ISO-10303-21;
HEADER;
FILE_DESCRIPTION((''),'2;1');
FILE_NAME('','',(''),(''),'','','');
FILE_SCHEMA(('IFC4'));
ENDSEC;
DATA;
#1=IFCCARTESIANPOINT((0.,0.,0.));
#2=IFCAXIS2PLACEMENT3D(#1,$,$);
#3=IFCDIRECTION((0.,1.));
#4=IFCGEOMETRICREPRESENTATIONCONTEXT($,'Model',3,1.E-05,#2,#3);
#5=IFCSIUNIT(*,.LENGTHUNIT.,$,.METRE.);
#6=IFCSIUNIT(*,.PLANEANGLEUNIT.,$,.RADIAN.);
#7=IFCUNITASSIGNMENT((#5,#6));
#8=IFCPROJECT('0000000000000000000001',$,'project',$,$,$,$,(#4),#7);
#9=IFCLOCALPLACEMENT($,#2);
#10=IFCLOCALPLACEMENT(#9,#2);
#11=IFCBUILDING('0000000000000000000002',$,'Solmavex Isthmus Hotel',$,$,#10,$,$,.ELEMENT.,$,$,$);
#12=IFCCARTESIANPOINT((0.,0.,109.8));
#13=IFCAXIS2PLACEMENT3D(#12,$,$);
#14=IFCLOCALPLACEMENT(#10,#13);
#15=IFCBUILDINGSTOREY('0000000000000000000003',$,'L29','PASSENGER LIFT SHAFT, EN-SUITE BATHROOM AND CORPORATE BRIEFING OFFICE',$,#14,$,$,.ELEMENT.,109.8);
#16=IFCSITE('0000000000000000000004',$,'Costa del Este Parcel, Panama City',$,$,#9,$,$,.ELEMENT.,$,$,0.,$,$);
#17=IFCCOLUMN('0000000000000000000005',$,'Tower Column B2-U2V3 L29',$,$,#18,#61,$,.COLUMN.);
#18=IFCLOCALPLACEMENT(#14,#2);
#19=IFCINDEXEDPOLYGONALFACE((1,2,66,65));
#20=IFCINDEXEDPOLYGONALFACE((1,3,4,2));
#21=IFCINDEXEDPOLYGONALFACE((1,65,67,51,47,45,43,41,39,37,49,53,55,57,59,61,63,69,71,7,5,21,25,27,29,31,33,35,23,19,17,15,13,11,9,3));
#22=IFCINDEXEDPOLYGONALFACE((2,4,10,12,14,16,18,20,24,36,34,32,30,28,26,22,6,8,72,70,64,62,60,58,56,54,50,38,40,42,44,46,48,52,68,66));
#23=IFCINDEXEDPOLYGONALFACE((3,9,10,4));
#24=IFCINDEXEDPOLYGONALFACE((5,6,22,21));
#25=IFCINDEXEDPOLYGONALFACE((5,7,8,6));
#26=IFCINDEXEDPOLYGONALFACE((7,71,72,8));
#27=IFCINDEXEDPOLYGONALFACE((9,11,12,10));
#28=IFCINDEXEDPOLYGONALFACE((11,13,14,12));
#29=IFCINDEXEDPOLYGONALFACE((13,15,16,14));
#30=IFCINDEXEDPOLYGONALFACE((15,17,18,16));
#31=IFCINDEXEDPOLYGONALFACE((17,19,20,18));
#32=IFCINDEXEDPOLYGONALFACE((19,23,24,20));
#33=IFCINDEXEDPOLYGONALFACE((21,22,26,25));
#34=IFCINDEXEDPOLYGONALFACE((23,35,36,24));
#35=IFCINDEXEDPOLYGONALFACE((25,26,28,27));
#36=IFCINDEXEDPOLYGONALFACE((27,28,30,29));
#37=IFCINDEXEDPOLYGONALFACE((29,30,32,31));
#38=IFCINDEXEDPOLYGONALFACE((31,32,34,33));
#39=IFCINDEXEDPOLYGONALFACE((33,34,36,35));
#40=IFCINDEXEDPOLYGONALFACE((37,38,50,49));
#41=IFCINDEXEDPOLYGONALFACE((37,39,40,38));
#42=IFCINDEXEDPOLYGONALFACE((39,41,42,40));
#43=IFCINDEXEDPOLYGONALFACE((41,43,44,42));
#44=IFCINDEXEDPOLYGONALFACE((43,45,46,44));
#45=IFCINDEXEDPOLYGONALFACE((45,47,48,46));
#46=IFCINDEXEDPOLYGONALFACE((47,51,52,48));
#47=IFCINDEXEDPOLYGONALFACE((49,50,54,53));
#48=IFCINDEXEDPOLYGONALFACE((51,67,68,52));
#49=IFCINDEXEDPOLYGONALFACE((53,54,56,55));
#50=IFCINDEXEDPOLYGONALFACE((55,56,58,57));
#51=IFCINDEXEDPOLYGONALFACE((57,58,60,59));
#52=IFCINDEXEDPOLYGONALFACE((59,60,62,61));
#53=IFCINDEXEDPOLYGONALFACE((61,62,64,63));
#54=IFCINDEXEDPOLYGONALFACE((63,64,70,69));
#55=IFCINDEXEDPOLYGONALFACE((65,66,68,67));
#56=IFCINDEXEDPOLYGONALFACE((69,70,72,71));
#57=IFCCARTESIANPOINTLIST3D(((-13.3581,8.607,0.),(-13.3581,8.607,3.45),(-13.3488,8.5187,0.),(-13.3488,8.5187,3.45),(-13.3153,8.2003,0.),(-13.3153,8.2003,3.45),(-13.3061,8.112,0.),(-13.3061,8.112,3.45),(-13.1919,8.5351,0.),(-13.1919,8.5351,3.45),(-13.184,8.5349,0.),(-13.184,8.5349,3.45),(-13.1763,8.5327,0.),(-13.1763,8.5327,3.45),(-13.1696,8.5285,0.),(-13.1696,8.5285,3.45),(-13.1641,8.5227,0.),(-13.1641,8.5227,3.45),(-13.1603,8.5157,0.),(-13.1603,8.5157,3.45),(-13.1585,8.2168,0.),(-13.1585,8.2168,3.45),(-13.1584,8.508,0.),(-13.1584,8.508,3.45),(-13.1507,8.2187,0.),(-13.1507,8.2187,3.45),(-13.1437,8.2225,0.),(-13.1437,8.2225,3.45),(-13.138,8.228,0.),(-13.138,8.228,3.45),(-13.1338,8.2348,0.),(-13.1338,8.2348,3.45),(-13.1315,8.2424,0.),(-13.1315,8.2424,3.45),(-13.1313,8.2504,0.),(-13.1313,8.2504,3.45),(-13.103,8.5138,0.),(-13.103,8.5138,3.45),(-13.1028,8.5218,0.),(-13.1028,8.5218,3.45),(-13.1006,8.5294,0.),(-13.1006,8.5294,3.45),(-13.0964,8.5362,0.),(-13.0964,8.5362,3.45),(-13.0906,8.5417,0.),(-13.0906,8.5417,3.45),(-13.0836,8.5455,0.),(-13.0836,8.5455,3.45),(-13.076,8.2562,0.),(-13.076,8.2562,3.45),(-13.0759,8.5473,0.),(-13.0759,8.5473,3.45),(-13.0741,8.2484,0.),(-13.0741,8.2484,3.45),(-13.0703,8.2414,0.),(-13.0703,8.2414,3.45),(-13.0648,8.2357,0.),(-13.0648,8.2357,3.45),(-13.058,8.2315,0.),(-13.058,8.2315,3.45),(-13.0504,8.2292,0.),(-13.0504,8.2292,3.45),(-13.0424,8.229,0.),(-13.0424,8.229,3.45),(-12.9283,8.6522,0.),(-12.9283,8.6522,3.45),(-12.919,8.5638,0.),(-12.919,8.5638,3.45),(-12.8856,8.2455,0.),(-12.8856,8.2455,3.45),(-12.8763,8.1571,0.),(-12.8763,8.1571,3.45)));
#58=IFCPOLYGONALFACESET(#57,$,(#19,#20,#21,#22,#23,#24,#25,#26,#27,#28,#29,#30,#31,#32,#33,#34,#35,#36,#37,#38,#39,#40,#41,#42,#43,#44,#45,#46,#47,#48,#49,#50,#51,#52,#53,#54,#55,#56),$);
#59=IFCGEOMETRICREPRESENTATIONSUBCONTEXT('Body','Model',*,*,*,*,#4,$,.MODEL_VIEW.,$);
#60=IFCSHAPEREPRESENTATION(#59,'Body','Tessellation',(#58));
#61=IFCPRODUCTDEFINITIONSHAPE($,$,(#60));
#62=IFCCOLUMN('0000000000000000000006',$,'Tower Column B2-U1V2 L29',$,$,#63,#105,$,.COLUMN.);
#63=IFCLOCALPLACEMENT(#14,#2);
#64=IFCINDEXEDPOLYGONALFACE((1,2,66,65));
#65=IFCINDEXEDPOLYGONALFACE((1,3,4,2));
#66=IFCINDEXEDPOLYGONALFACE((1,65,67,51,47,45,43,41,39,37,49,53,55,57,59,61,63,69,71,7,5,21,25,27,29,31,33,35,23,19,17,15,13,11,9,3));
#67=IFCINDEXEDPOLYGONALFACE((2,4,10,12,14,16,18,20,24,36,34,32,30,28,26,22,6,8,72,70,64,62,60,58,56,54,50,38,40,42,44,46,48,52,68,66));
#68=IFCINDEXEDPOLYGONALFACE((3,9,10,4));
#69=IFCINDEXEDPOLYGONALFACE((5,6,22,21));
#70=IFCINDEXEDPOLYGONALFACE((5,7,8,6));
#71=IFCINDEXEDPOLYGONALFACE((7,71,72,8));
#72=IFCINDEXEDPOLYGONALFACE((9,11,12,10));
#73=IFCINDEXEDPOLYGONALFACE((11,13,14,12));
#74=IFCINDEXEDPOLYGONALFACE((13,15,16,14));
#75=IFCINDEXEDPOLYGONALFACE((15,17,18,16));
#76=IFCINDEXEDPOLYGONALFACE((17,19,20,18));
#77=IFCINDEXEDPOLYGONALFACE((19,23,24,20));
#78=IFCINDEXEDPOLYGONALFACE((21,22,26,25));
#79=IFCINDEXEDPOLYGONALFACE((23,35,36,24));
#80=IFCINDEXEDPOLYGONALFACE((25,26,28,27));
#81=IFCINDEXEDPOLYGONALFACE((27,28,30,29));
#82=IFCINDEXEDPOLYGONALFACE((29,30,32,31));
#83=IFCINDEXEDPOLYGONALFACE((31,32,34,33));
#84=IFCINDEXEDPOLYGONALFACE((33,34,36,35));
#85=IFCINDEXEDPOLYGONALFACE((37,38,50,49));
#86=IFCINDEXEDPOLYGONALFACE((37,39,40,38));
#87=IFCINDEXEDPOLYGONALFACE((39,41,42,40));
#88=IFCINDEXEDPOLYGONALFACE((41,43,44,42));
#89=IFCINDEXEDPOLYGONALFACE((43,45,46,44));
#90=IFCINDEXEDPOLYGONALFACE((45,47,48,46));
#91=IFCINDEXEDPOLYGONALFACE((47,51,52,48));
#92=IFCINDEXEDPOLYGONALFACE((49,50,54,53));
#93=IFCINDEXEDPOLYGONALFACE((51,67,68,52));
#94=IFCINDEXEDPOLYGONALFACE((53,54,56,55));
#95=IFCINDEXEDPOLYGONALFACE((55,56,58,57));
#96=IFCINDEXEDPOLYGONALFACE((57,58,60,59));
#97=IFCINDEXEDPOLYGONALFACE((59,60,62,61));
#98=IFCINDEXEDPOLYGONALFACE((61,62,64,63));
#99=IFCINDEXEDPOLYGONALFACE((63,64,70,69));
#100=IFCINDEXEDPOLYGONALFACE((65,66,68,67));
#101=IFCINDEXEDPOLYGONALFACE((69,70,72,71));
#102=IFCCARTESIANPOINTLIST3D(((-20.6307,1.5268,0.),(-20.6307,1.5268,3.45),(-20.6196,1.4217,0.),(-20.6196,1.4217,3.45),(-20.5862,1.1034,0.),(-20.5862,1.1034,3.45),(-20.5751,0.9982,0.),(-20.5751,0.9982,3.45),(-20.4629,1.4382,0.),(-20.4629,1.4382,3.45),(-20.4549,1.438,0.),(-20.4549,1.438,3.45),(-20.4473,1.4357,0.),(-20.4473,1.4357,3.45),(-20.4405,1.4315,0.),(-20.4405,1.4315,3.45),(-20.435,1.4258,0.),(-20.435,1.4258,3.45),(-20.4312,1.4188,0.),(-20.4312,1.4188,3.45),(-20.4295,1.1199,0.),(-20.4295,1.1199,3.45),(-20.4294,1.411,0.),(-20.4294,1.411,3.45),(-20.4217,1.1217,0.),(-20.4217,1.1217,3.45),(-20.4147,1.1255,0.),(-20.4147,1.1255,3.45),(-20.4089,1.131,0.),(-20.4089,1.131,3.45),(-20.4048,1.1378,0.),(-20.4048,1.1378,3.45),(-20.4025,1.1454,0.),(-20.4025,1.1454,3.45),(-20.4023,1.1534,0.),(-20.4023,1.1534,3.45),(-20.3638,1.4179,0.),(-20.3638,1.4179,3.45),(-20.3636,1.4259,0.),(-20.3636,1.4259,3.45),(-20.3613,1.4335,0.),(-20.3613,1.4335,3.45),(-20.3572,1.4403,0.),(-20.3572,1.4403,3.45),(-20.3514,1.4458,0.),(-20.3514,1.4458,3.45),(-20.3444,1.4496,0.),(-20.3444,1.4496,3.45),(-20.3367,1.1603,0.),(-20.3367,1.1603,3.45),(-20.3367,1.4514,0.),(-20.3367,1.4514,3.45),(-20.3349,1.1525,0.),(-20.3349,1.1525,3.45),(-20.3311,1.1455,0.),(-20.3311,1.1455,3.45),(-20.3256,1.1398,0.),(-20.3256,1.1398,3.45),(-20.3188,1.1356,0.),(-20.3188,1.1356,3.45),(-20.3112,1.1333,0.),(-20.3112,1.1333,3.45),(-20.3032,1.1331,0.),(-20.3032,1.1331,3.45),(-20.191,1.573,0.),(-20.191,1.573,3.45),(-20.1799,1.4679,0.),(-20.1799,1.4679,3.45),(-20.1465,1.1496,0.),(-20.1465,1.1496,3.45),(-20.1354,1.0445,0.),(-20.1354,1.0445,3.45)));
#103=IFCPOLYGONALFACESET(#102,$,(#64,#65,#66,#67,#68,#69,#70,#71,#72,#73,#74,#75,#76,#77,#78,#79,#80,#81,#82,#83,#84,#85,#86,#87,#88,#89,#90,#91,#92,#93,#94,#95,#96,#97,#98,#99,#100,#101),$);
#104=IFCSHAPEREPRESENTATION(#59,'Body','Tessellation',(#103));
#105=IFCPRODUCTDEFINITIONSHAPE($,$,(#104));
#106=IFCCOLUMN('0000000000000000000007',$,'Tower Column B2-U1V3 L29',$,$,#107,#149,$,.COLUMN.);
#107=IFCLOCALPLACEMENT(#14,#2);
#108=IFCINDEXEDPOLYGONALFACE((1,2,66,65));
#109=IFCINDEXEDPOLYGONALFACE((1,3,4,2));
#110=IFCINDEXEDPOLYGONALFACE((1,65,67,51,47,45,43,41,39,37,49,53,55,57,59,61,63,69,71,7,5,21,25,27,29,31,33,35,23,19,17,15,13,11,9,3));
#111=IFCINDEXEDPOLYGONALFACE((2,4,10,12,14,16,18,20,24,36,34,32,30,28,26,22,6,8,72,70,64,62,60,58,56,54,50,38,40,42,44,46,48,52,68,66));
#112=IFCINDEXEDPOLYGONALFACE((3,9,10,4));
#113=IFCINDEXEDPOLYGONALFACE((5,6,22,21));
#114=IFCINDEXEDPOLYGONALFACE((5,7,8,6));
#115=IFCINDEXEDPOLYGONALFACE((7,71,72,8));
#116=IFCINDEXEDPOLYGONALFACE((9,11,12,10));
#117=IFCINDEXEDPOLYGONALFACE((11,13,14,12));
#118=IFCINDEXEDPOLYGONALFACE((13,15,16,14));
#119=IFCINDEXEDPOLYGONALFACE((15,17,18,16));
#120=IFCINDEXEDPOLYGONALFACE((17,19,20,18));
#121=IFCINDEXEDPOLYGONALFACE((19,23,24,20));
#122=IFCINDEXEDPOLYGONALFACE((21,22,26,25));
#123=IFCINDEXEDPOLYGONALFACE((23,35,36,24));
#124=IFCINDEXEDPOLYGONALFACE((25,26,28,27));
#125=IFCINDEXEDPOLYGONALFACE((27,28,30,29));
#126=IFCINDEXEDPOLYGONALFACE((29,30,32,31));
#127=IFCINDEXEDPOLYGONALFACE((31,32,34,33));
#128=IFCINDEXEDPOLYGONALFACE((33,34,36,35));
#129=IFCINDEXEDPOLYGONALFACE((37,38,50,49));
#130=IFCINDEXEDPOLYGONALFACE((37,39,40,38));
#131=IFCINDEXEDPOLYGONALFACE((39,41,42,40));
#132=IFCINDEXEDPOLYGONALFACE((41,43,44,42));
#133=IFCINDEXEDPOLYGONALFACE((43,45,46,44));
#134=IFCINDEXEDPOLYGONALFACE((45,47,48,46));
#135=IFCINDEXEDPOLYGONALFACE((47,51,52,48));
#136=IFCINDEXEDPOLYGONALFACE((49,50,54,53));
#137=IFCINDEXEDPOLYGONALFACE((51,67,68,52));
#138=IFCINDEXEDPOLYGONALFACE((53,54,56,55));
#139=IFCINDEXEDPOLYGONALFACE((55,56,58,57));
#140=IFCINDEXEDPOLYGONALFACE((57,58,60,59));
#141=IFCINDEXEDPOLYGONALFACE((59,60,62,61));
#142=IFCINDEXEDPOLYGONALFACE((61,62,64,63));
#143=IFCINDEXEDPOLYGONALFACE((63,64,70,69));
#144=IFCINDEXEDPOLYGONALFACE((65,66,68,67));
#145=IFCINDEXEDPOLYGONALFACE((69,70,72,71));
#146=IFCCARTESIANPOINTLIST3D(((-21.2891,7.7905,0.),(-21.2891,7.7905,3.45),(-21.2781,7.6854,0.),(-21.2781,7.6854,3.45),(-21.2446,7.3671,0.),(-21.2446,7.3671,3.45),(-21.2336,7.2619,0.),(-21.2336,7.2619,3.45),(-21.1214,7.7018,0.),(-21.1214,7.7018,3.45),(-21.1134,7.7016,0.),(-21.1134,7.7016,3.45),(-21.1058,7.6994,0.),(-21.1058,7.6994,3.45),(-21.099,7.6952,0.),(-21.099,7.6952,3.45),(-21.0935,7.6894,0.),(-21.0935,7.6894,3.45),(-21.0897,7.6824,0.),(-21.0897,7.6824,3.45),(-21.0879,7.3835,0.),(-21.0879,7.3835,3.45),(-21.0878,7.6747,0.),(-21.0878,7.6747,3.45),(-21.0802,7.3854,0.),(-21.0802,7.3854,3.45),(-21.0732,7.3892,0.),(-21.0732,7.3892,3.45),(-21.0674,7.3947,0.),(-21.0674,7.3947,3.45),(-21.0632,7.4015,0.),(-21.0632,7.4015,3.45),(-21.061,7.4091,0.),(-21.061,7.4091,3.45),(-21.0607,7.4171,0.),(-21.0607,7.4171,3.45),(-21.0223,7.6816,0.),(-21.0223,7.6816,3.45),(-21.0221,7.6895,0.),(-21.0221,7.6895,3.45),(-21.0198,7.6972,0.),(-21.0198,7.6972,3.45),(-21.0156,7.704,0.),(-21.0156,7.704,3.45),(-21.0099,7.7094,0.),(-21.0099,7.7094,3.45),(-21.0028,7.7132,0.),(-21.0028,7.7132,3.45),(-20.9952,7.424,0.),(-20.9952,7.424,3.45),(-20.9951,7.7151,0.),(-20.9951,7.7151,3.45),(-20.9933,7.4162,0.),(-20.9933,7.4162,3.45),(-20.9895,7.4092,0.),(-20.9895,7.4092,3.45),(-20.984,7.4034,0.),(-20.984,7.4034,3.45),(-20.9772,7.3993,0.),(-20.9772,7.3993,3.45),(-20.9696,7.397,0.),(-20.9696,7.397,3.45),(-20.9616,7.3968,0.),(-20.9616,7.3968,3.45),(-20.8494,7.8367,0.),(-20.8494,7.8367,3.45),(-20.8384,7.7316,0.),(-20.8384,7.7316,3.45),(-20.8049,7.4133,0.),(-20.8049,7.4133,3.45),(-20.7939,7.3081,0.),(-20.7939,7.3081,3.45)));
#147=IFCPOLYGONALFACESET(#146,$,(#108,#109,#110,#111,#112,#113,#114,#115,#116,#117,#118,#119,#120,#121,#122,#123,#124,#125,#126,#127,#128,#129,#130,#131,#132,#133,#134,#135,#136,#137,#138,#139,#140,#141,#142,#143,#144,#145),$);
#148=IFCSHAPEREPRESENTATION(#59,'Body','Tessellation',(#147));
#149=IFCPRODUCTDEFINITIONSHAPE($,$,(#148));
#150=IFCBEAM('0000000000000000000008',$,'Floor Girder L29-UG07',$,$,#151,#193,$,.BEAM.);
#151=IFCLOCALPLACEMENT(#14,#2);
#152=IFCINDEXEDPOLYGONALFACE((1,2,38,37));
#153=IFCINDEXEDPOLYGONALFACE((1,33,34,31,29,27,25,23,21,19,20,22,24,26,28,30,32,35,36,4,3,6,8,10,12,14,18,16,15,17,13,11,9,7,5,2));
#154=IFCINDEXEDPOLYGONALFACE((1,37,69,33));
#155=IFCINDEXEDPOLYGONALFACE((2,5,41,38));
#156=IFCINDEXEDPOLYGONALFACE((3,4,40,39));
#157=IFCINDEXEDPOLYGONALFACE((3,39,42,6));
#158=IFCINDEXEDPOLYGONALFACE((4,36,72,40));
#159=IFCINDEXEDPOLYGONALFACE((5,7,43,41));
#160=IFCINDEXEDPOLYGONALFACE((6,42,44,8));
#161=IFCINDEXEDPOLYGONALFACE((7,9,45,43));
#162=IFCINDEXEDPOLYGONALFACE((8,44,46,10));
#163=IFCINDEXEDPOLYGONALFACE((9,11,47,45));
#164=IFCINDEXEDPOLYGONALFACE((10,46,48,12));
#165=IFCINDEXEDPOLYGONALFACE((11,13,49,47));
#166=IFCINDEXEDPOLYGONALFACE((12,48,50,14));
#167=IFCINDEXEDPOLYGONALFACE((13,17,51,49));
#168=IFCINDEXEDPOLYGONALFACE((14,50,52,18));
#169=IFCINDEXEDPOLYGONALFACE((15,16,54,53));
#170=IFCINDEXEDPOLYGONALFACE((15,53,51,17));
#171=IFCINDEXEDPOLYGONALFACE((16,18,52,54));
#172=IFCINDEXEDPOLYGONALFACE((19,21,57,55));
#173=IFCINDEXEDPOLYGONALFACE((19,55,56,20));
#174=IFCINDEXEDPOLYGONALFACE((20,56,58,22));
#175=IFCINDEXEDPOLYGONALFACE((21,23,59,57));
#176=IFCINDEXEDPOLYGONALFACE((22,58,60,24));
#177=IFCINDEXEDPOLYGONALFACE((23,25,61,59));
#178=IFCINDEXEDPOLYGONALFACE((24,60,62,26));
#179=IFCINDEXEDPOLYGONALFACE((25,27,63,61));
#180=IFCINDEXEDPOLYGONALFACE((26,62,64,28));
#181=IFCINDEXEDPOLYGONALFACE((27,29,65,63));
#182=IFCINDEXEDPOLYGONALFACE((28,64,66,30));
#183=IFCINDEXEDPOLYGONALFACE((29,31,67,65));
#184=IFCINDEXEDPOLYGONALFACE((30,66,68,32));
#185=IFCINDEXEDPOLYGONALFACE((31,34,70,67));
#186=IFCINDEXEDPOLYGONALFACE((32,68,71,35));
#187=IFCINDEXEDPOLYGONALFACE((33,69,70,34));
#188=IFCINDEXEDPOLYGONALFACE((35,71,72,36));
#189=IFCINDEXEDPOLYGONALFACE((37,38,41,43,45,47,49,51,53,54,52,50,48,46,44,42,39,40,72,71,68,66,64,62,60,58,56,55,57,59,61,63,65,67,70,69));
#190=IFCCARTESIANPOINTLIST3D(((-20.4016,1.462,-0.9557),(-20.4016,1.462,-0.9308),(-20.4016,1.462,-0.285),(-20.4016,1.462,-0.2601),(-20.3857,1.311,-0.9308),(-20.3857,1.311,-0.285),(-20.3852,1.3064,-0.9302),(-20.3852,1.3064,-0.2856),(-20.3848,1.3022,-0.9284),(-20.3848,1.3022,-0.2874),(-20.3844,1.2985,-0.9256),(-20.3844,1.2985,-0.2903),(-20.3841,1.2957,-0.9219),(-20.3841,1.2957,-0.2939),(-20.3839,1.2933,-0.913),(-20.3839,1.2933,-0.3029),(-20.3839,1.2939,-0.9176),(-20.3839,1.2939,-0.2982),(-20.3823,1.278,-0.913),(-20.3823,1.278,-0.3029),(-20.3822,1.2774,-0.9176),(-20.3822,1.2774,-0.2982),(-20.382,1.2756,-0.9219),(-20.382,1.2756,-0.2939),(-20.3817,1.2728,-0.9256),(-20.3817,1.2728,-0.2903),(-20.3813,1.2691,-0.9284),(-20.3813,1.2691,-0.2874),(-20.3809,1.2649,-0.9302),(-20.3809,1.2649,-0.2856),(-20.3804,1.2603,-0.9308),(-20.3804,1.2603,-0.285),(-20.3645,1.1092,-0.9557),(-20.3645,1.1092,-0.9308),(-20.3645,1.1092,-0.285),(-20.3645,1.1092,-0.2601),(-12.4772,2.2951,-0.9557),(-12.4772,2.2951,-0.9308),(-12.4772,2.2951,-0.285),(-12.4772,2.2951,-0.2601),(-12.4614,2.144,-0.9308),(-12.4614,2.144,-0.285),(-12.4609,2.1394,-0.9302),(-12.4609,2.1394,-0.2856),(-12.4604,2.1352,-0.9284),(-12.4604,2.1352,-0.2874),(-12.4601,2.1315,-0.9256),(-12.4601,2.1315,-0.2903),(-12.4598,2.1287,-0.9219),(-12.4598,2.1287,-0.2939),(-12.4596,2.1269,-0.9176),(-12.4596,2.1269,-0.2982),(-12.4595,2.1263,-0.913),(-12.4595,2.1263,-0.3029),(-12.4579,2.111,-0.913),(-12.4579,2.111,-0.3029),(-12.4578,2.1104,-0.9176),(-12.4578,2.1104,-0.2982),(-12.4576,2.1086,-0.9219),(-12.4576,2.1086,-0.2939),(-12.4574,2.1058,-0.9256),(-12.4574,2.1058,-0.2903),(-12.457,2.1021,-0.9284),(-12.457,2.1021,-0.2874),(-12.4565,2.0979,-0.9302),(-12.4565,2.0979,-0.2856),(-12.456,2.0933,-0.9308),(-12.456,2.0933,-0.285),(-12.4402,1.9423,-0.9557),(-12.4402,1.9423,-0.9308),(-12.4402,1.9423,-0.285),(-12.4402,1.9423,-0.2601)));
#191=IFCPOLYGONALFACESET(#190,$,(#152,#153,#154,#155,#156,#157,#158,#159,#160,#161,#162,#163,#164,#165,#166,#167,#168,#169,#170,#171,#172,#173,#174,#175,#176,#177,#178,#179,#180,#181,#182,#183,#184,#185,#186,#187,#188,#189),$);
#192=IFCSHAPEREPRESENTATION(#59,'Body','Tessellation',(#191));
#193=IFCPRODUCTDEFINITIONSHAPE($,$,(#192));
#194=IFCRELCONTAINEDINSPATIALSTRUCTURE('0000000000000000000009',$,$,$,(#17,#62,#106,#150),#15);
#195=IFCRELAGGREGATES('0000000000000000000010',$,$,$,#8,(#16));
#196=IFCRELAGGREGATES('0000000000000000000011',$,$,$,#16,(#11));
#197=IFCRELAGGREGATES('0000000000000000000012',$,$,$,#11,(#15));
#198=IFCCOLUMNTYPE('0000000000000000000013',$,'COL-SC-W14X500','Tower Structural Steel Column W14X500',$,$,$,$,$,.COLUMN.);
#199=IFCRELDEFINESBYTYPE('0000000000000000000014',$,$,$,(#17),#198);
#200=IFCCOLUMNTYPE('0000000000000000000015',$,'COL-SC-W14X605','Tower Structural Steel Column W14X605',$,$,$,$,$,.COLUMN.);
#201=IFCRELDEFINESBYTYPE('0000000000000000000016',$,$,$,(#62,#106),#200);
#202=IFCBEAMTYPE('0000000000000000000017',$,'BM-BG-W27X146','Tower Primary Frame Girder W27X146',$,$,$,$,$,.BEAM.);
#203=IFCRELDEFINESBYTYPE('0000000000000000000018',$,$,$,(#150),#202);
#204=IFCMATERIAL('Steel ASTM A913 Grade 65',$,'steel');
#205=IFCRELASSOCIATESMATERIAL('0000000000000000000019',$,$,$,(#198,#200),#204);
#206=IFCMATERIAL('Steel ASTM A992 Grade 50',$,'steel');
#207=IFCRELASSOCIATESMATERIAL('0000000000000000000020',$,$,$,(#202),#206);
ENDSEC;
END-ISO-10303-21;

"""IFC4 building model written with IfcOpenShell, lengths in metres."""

from ifc_helpers import new_model, si_unit, direction, frame, origin, origin_2d, place, context, subcontext, project, spatial, i_section, extrude, material, material_profile, profile_set, type_object, element, save


model = new_model("IFC4")

# Units and contexts
model_context = context("Model", 3, precision=1e-05, world=origin(), true_north=direction((0.0, 1.0)))
body_context = subcontext(model_context, "Body", "Model", "MODEL_VIEW")
ifc_project = project(units=[si_unit("LENGTHUNIT", "METRE"), si_unit("PLANEANGLEUNIT", "RADIAN")], contexts=[model_context])

# Site, building, storey
site_placement = place(None, origin())
site = spatial("IfcSite", under=ifc_project, at=site_placement, Name="Costa del Este Parcel, Panama City", CompositionType="ELEMENT", RefElevation=0.0)
building_placement = place(site_placement, origin())
building = spatial("IfcBuilding", under=site, at=building_placement, Name="Solmavex Isthmus Hotel", CompositionType="ELEMENT")
storey_placement = place(building_placement, frame((0.0, 0.0, 109.8)))
storey = spatial("IfcBuildingStorey", under=building, at=storey_placement, Name="L29", Description="PASSENGER LIFT SHAFT, EN-SUITE BATHROOM AND CORPORATE BRIEFING OFFICE", CompositionType="ELEMENT", Elevation=109.8)

# Columns
ifc_material_1 = material(Name="Steel ASTM A913 Grade 65", Category="steel")
ifc_material_profile_1 = material_profile(ifc_material_1, i_section(OverallWidth=0.4321, OverallDepth=0.4978, WebThickness=0.0557, FlangeThickness=0.0889, FilletRadius=0.0305, at=origin_2d()), Name="W14X500")
ifc_profile_set_1 = profile_set([ifc_material_profile_1], Name="Steel ASTM A913 Grade 65")
column_type_1 = type_object("IfcColumnType", Name="COL-SC-W14X500", Description="Tower Structural Steel Column W14X500", PredefinedType="COLUMN", material=ifc_profile_set_1)
column_placement = place(storey_placement, frame((-13.1172, 8.3821, 0.0), z_axis=(0.0, 0.0, 1.0), x_axis=(0.994522, 0.104528, 0.0)))
element("IfcColumn", 1, at=column_placement, inside=storey, type_object=column_type_1, Name="Tower Column B2-U2V3 L29", PredefinedType="COLUMN", context=body_context, shape_type="SweptSolid", body=[
    extrude(i_section(OverallWidth=0.4321, OverallDepth=0.4978, WebThickness=0.0557, FlangeThickness=0.0889, FilletRadius=0.0305, at=origin_2d()), origin(), (0.0, 0.0, 1.0), 3.45),
])
ifc_material_profile_2 = material_profile(ifc_material_1, i_section(OverallWidth=0.4421, OverallDepth=0.5315, WebThickness=0.0659, FlangeThickness=0.1057, FilletRadius=0.0305, at=origin_2d()), Name="W14X605")
ifc_profile_set_2 = profile_set([ifc_material_profile_2], Name="Steel ASTM A913 Grade 65")
column_type_2 = type_object("IfcColumnType", Name="COL-SC-W14X605", Description="Tower Structural Steel Column W14X605", PredefinedType="COLUMN", material=ifc_profile_set_2)
for number, where, z_axis, x_axis, name in (
    (2, (-20.3831, 1.2856, 0.0), (0.0, 0.0, 1.0), (0.994522, 0.104528, 0.0), "Tower Column B2-U1V2 L29"),
    (3, (-21.0415, 7.5493, 0.0), (0.0, 0.0, 1.0), (0.994522, 0.104528, 0.0), "Tower Column B2-U1V3 L29"),
):
    element("IfcColumn", number, at=place(storey_placement, frame(where, z_axis=z_axis, x_axis=x_axis)), inside=storey, type_object=column_type_2, Name=name, PredefinedType="COLUMN", context=body_context, shape_type="SweptSolid", body=[
        extrude(i_section(OverallWidth=0.4421, OverallDepth=0.5315, WebThickness=0.0659, FlangeThickness=0.1057, FilletRadius=0.0305, at=origin_2d()), origin(), (0.0, 0.0, 1.0), 3.45),
    ])

# Beam
ifc_material_2 = material(Name="Steel ASTM A992 Grade 50", Category="steel")
ifc_material_profile_3 = material_profile(ifc_material_2, i_section(OverallWidth=0.3547, OverallDepth=0.6956, WebThickness=0.0154, FlangeThickness=0.0249, FilletRadius=0.0178, at=origin_2d()), Name="W27X146")
ifc_profile_set_3 = profile_set([ifc_material_profile_3], Name="Steel ASTM A992 Grade 50")
beam_type_1 = type_object("IfcBeamType", Name="BM-BG-W27X146", Description="Tower Primary Frame Girder W27X146", PredefinedType="BEAM", material=ifc_profile_set_3)
for number, where, z_axis, x_axis, name in (
    (4, (-20.3831, 1.2856, -0.6079), (0.99452, 0.104544, 0.0), (-0.104544, 0.99452, 0.0), "Floor Girder L29-UG07"),
):
    element("IfcBeam", number, at=place(storey_placement, frame(where, z_axis=z_axis, x_axis=x_axis)), inside=storey, type_object=beam_type_1, Name=name, PredefinedType="BEAM", context=body_context, shape_type="SweptSolid", body=[
        extrude(i_section(OverallWidth=0.3547, OverallDepth=0.6956, WebThickness=0.0154, FlangeThickness=0.0249, FilletRadius=0.0178, at=origin_2d()), origin(), (0.0, 0.0, 1.0), 7.968),
    ])

save(model, "model.ifc")
